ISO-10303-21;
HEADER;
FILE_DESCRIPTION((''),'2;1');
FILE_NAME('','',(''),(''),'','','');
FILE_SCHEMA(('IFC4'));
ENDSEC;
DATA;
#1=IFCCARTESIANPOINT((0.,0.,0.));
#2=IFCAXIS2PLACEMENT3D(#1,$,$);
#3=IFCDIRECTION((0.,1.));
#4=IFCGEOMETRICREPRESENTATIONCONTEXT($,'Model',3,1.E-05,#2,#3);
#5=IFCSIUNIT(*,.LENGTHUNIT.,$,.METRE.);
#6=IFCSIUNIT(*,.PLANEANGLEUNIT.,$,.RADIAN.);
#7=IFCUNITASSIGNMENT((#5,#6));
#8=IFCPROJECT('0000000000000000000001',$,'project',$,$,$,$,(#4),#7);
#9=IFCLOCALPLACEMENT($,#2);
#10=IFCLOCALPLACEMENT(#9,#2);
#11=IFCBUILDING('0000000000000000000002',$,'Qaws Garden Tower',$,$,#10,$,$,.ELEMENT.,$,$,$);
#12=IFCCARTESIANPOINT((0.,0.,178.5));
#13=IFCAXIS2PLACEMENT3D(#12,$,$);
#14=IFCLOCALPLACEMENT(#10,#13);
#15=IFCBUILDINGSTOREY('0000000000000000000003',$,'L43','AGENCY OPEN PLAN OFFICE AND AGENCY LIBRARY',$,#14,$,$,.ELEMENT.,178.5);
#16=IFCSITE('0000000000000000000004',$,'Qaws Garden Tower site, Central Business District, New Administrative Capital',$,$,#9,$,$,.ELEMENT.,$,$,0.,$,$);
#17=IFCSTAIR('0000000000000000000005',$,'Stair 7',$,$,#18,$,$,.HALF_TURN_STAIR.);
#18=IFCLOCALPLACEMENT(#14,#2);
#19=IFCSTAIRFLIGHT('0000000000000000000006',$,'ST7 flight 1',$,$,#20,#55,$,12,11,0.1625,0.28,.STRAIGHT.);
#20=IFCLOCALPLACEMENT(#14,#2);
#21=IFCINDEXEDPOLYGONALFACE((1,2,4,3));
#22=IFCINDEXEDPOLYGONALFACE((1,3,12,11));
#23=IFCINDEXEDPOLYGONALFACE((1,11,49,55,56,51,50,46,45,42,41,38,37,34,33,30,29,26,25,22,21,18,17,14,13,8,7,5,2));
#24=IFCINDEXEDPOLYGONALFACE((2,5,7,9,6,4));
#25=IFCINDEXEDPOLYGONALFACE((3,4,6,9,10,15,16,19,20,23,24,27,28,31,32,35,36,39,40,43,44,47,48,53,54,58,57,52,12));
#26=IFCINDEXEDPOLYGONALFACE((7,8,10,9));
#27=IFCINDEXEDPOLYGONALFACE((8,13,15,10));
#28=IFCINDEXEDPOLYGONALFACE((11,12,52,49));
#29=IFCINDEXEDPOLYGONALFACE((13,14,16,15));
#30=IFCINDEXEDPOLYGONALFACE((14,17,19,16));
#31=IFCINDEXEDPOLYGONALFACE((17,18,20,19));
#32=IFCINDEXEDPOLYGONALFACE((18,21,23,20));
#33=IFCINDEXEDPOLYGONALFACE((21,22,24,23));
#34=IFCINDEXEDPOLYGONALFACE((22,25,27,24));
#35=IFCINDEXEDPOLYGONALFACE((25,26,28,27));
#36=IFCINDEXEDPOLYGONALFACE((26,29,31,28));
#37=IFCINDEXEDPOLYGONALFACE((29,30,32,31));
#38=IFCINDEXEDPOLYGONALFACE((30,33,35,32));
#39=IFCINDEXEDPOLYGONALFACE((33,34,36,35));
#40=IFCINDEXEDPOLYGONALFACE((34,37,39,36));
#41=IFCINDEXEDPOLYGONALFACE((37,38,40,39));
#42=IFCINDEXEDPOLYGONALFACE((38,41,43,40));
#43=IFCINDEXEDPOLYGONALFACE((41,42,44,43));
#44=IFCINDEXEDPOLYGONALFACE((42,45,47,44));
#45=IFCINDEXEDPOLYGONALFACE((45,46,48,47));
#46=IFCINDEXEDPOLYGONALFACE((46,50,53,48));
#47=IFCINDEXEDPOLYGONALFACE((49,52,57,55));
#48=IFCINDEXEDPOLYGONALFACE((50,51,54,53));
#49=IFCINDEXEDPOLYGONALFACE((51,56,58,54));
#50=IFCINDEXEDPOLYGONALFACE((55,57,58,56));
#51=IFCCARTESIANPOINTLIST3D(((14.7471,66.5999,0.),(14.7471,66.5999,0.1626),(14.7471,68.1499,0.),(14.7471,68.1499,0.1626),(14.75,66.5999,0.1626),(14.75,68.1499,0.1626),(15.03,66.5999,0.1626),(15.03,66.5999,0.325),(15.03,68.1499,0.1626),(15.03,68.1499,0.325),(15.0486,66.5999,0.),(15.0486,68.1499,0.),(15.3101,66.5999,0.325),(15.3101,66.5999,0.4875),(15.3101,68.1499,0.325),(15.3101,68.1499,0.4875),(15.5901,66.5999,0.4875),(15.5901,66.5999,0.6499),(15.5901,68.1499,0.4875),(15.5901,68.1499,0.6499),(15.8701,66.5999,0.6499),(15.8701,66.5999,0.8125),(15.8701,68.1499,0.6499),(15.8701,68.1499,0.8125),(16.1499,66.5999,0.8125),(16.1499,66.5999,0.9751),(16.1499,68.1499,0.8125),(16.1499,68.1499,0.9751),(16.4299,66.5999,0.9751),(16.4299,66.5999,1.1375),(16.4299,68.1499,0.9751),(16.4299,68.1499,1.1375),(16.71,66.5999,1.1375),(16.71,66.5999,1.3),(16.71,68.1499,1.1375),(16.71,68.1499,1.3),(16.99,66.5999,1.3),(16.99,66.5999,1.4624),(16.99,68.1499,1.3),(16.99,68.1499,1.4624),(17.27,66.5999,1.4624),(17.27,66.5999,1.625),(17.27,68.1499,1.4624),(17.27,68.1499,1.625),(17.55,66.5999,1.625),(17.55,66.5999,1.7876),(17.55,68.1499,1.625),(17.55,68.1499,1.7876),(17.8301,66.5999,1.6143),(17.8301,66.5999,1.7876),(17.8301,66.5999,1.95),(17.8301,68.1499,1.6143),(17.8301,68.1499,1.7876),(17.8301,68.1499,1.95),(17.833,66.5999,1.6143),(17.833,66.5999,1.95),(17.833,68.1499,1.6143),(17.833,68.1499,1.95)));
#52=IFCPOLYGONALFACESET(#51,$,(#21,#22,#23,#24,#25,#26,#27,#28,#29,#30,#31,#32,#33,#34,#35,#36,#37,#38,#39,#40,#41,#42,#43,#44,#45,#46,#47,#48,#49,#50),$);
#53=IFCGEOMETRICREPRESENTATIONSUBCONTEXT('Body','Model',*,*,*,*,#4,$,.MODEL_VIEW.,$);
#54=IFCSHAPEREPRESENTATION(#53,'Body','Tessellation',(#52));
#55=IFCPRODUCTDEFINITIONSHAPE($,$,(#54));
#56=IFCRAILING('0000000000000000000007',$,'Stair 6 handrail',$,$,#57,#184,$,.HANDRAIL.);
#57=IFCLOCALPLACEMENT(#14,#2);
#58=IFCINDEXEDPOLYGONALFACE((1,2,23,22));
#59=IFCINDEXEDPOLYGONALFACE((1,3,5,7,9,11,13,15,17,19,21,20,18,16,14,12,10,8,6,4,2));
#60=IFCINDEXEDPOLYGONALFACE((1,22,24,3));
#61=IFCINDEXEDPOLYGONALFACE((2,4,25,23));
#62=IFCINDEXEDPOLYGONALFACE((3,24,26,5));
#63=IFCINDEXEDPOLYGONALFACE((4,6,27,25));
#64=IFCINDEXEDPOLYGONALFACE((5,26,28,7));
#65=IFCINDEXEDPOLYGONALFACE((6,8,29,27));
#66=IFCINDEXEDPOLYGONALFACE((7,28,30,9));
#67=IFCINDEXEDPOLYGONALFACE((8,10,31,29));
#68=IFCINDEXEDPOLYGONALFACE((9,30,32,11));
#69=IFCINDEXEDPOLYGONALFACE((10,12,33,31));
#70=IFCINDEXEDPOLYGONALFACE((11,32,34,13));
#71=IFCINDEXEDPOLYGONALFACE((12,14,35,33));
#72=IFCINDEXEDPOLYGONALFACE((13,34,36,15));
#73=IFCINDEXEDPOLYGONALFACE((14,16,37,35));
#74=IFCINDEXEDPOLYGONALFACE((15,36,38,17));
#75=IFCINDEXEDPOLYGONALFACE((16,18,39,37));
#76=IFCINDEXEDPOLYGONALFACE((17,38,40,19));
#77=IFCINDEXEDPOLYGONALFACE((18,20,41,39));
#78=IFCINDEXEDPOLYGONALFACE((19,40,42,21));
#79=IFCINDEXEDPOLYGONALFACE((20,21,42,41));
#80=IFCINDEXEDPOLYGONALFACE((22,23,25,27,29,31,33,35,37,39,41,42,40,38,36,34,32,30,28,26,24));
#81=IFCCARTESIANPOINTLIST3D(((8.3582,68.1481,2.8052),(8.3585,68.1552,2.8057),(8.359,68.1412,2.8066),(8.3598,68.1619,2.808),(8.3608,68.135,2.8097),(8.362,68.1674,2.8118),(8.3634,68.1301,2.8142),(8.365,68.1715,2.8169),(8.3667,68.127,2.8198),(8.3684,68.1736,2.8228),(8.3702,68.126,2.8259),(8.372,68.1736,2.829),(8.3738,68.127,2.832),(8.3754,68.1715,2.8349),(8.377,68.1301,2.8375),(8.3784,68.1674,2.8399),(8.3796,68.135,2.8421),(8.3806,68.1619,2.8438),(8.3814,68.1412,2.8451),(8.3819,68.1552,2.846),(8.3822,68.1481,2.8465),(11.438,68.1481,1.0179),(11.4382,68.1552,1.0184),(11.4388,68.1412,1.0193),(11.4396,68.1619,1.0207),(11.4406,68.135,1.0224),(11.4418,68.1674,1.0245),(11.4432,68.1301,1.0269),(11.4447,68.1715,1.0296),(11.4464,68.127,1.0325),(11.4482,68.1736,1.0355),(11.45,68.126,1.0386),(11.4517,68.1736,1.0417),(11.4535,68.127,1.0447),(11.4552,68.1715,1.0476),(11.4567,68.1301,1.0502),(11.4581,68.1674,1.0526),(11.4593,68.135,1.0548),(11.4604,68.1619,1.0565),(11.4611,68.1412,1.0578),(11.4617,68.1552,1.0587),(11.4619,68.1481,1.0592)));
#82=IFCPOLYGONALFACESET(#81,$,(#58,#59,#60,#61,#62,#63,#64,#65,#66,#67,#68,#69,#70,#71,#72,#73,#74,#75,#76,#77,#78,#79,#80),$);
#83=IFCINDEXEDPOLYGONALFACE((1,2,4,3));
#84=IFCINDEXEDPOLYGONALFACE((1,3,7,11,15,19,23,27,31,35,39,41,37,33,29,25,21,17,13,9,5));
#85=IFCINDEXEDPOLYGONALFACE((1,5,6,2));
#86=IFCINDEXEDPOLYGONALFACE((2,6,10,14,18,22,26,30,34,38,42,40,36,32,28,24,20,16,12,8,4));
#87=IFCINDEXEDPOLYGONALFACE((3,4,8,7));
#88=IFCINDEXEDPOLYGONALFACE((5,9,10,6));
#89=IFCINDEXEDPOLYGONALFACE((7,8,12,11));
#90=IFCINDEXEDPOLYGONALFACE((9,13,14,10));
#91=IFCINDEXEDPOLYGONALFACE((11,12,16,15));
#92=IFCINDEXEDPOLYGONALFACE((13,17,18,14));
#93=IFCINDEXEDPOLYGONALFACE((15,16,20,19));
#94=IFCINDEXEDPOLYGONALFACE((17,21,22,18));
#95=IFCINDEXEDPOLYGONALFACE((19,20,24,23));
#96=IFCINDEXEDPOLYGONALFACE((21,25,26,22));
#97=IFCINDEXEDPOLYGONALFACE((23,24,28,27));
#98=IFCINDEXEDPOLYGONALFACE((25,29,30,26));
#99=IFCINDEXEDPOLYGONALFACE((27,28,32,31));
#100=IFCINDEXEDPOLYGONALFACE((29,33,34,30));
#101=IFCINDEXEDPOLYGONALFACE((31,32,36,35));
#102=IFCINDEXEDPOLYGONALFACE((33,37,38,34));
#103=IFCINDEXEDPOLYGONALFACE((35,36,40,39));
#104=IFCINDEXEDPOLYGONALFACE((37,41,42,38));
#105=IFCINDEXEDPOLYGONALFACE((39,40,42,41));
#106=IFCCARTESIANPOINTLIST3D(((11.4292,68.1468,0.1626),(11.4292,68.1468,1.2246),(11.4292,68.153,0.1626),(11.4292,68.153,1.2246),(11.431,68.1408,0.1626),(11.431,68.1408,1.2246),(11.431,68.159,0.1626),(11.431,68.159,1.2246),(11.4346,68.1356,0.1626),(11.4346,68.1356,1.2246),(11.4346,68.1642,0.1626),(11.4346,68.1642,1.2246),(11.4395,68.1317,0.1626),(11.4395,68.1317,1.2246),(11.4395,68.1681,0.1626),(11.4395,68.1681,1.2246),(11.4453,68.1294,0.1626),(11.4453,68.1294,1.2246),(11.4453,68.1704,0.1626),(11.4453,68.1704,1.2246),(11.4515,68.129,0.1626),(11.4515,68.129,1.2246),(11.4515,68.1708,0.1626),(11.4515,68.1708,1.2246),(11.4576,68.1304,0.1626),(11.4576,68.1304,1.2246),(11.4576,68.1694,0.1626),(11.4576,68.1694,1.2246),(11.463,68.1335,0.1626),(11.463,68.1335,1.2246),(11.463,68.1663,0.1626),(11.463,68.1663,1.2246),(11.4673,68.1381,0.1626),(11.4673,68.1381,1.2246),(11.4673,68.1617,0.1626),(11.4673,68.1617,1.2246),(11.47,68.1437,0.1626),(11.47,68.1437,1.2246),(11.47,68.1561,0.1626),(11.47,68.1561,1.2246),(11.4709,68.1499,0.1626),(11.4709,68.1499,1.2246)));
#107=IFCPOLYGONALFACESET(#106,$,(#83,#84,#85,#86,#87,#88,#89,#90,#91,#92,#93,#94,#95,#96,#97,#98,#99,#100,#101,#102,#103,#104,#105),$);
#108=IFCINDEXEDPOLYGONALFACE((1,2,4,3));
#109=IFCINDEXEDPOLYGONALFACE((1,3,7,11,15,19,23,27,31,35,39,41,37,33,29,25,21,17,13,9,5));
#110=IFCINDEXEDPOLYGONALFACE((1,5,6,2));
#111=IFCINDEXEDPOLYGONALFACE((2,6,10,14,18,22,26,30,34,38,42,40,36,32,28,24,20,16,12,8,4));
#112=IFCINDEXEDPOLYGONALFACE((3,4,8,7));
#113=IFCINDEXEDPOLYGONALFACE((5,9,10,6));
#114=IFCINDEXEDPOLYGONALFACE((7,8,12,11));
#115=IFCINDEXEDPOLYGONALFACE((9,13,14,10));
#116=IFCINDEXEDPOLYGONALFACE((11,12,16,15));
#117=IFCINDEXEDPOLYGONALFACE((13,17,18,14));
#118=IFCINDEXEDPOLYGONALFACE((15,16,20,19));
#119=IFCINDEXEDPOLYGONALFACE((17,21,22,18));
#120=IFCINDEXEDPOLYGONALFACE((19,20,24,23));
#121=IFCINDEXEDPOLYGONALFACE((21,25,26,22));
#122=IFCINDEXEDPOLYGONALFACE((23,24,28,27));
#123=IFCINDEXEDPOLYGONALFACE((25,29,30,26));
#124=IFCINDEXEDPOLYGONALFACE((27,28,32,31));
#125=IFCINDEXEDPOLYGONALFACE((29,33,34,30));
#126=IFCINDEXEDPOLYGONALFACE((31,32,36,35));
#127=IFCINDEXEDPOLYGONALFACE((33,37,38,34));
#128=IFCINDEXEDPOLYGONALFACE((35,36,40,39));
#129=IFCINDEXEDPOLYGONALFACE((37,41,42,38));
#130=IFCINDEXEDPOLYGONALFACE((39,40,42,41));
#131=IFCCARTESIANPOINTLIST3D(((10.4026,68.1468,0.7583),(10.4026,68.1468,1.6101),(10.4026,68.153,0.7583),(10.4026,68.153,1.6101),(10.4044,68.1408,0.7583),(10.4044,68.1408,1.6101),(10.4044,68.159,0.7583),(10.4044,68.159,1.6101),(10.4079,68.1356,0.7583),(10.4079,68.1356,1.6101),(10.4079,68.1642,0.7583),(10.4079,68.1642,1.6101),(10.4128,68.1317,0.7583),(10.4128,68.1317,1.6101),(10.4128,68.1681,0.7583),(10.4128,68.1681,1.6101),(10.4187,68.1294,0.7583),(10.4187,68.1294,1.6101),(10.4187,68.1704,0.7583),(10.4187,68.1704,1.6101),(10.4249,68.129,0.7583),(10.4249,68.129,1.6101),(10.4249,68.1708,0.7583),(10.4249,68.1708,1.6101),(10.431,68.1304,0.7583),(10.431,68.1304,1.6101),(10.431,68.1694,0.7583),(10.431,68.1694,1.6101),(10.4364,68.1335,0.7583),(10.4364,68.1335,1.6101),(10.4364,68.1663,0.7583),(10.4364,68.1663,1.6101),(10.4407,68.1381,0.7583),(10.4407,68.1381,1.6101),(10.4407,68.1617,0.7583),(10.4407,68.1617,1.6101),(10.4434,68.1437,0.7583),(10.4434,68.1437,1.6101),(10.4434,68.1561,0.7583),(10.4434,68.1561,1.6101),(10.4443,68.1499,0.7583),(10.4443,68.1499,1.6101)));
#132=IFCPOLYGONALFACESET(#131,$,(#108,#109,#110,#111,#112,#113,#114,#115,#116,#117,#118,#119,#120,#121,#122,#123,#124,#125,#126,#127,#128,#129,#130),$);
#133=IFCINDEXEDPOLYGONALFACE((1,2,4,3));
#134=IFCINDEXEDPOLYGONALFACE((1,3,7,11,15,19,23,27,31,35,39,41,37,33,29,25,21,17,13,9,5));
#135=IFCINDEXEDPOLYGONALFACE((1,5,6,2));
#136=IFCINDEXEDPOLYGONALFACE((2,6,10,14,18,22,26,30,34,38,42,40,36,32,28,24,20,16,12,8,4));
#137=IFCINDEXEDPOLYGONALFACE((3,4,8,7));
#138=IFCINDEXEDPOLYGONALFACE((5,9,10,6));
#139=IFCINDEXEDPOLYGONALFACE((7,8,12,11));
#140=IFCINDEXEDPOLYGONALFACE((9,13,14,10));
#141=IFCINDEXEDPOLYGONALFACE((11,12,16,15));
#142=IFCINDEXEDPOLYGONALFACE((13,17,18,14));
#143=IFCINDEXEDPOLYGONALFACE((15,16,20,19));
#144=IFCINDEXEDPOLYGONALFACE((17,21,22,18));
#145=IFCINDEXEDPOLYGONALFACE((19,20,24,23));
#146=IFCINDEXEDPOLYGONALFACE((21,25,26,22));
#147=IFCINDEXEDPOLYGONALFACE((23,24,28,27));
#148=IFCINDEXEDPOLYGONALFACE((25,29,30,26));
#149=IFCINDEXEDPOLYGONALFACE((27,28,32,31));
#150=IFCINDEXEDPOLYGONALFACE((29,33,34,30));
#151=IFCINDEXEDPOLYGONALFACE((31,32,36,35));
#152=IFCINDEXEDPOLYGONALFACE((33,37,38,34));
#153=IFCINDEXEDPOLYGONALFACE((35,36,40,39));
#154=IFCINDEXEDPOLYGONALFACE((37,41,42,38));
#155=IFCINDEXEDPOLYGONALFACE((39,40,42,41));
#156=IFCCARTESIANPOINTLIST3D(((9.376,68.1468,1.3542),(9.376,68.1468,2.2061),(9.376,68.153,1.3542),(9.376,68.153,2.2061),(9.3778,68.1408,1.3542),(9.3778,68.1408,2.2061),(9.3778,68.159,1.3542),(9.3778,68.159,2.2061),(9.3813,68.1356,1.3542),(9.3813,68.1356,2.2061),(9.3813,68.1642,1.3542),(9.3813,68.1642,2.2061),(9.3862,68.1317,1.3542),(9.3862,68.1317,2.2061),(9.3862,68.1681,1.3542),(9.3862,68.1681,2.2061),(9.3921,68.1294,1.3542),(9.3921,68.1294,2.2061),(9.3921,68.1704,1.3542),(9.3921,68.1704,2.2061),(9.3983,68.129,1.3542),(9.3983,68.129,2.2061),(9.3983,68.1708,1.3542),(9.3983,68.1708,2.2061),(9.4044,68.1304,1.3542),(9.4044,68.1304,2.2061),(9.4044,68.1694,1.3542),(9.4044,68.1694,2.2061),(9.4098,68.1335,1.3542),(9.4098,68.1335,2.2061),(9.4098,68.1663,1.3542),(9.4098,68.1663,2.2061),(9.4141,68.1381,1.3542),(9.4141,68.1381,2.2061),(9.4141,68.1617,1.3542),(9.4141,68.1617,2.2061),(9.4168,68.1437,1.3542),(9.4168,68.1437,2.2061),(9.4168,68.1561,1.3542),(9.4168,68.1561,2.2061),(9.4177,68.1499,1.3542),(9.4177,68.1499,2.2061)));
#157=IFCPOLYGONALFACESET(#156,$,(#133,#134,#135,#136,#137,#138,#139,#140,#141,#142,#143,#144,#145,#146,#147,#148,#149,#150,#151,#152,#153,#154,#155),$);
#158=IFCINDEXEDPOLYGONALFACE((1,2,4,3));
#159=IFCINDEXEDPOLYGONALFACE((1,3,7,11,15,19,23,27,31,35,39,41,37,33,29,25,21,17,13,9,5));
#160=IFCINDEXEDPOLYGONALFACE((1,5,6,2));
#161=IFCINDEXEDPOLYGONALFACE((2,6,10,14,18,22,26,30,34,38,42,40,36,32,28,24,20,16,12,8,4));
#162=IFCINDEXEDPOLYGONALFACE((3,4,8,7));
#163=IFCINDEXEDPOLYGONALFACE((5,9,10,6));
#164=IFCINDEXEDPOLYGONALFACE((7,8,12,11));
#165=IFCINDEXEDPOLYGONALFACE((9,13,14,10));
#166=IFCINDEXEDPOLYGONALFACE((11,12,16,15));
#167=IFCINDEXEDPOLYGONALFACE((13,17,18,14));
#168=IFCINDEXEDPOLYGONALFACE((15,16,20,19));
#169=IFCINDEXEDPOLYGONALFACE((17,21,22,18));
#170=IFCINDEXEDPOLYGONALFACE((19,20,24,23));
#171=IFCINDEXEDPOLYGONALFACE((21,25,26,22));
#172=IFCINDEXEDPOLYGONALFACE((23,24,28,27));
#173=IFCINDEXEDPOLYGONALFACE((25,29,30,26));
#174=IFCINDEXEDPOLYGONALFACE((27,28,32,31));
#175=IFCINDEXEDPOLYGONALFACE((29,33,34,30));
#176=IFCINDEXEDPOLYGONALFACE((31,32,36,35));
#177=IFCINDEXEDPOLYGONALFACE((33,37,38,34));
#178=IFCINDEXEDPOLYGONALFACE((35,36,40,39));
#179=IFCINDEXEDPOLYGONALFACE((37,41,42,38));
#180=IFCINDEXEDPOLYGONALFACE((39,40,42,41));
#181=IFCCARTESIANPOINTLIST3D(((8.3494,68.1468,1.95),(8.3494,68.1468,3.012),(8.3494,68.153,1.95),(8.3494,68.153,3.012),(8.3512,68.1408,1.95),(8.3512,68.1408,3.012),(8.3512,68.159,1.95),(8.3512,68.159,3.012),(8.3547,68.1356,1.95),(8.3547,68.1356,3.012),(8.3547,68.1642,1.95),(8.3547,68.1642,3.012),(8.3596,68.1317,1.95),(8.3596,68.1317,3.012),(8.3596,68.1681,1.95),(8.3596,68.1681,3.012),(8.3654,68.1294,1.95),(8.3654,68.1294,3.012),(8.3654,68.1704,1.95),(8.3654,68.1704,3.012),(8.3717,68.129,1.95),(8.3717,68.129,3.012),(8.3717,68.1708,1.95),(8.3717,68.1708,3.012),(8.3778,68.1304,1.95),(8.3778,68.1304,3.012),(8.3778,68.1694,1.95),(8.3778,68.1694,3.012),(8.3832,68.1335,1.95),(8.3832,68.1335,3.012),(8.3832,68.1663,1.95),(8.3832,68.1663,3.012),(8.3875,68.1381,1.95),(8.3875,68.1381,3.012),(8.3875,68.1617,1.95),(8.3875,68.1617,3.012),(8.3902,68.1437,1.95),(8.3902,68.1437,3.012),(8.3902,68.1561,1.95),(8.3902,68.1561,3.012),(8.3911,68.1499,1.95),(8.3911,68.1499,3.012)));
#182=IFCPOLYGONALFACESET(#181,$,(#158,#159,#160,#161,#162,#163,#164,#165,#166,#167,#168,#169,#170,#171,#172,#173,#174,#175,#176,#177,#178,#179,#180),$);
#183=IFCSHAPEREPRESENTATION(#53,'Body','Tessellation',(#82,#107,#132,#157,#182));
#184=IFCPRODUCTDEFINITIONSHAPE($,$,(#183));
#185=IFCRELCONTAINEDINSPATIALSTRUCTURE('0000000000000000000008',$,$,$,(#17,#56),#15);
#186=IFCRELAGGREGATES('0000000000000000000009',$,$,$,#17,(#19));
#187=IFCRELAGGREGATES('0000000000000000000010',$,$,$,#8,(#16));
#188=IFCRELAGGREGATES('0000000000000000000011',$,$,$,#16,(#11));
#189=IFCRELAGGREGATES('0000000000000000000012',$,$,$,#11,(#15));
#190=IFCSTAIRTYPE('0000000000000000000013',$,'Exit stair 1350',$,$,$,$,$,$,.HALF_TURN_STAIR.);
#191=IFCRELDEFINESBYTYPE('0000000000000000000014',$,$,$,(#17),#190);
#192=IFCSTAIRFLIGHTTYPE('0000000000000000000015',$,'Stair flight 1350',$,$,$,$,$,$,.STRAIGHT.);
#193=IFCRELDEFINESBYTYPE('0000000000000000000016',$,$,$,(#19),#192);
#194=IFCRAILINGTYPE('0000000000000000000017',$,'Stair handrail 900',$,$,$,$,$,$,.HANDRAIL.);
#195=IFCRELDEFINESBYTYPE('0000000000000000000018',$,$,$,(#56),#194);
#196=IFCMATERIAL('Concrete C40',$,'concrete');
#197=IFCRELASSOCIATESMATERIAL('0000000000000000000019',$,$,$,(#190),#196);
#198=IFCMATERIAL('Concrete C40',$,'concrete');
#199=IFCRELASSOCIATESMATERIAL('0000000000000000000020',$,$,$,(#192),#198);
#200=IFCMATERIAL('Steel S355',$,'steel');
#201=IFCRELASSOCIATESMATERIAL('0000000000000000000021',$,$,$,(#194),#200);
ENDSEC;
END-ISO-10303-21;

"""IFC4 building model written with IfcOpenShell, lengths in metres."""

from ifc_helpers import new_model, si_unit, direction, frame, origin, origin_2d, place, context, subcontext, project, spatial, polyline, circle, outline, extrude, material, type_object, element, aggregate, save


model = new_model("IFC4")

# Units and contexts
model_context = context("Model", 3, precision=1e-05, world=origin(), true_north=direction((0.0, 1.0)))
body_context = subcontext(model_context, "Body", "Model", "MODEL_VIEW")
ifc_project = project(units=[si_unit("LENGTHUNIT", "METRE"), si_unit("PLANEANGLEUNIT", "RADIAN")], contexts=[model_context])

# Site, building, storey
site_placement = place(None, origin())
site = spatial("IfcSite", under=ifc_project, at=site_placement, Name="Qaws Garden Tower site, Central Business District, New Administrative Capital", CompositionType="ELEMENT", RefElevation=0.0)
building_placement = place(site_placement, origin())
building = spatial("IfcBuilding", under=site, at=building_placement, Name="Qaws Garden Tower", CompositionType="ELEMENT")
storey_placement = place(building_placement, frame((0.0, 0.0, 178.5)))
storey = spatial("IfcBuildingStorey", under=building, at=storey_placement, Name="L43", Description="AGENCY OPEN PLAN OFFICE AND AGENCY LIBRARY", CompositionType="ELEMENT", Elevation=178.5)

# Shared definitions
ifc_material_1 = material(Name="Concrete C40", Category="concrete")
stair_type = type_object("IfcStairType", Name="Exit stair 1350", PredefinedType="HALF_TURN_STAIR", material=ifc_material_1)
placement = place(storey_placement, origin())
ifc_material_2 = material(Name="Concrete C40", Category="concrete")
stair_flight_type = type_object("IfcStairFlightType", Name="Stair flight 1350", PredefinedType="STRAIGHT", material=ifc_material_2)

# Stair, stair flight
stair_1 = element("IfcStair", 1, at=placement, inside=storey, type_object=stair_type, Name="Stair 7", PredefinedType="HALF_TURN_STAIR")
stair_flight_1_placement = place(storey_placement, frame((14.75, 67.375, 0.0), z_axis=(0.0, 0.0, 1.0), x_axis=(1.0, 0.0, 0.0)))
stair_flight_1 = element("IfcStairFlight", 2, at=stair_flight_1_placement, type_object=stair_flight_type, Name="ST7 flight 1", NumberOfRisers=12, NumberOfTreads=11, PredefinedType="STRAIGHT", RiserHeight=0.1625, TreadLength=0.28, context=body_context, shape_type="SweptSolid", body=[
    extrude(outline(polyline([(-0.0029, 0.0), (-0.0029, 0.1626), (0.0, 0.1626), (0.28, 0.1626), (0.28, 0.325), (0.5601, 0.325), (0.5601, 0.4875), (0.8401, 0.4875), (0.8401, 0.6499), (1.1201, 0.6499), (1.1201, 0.8125), (1.3999, 0.8125), (1.3999, 0.9751), (1.6799, 0.9751), (1.6799, 1.1375), (1.96, 1.1375), (1.96, 1.3), (2.24, 1.3), (2.24, 1.4624), (2.52, 1.4624), (2.52, 1.625), (2.8, 1.625), (2.8, 1.7876), (3.0801, 1.7876), (3.0801, 1.95), (3.083, 1.95), (3.083, 1.6143), (3.0801, 1.6143), (0.2986, 0.0), (-0.0029, 0.0)])), frame((0.0, 0.7749, 0.0), z_axis=(0.0, -1.0, 0.0), x_axis=(1.0, 0.0, 0.0)), (0.0, 0.0, 1.0), 1.55),
])
aggregate(stair_1, [stair_flight_1])

# Railing
ifc_material_3 = material(Name="Steel S355", Category="steel")
railing_type = type_object("IfcRailingType", Name="Stair handrail 900", PredefinedType="HANDRAIL", material=ifc_material_3)
railing_1_placement = place(storey_placement, frame((11.45, 68.1499, 0.1626)))
element("IfcRailing", 3, at=railing_1_placement, inside=storey, type_object=railing_type, Name="Stair 6 handrail", PredefinedType="HANDRAIL", context=body_context, shape_type="SweptSolid", body=[
    extrude(circle(Radius=0.0239, at=origin_2d()), frame((0.0, 0.0, 0.876), z_axis=(-0.864903, 0.0, 0.501939), x_axis=(0.0, -1.0, 0.0)), (0.0, 0.0, 1.0), 3.5608),
    extrude(circle(Radius=0.021, at=origin_2d()), origin(), (0.0, 0.0, 1.0), 1.062),
    extrude(circle(Radius=0.021, at=origin_2d()), frame((-1.0266, 0.0, 0.5957)), (0.0, 0.0, 1.0), 0.8518),
    extrude(circle(Radius=0.021, at=origin_2d()), frame((-2.0532, 0.0, 1.1917)), (0.0, 0.0, 1.0), 0.8518),
    extrude(circle(Radius=0.021, at=origin_2d()), frame((-3.0798, 0.0, 1.7874)), (0.0, 0.0, 1.0), 1.062),
])

save(model, "model.ifc")
